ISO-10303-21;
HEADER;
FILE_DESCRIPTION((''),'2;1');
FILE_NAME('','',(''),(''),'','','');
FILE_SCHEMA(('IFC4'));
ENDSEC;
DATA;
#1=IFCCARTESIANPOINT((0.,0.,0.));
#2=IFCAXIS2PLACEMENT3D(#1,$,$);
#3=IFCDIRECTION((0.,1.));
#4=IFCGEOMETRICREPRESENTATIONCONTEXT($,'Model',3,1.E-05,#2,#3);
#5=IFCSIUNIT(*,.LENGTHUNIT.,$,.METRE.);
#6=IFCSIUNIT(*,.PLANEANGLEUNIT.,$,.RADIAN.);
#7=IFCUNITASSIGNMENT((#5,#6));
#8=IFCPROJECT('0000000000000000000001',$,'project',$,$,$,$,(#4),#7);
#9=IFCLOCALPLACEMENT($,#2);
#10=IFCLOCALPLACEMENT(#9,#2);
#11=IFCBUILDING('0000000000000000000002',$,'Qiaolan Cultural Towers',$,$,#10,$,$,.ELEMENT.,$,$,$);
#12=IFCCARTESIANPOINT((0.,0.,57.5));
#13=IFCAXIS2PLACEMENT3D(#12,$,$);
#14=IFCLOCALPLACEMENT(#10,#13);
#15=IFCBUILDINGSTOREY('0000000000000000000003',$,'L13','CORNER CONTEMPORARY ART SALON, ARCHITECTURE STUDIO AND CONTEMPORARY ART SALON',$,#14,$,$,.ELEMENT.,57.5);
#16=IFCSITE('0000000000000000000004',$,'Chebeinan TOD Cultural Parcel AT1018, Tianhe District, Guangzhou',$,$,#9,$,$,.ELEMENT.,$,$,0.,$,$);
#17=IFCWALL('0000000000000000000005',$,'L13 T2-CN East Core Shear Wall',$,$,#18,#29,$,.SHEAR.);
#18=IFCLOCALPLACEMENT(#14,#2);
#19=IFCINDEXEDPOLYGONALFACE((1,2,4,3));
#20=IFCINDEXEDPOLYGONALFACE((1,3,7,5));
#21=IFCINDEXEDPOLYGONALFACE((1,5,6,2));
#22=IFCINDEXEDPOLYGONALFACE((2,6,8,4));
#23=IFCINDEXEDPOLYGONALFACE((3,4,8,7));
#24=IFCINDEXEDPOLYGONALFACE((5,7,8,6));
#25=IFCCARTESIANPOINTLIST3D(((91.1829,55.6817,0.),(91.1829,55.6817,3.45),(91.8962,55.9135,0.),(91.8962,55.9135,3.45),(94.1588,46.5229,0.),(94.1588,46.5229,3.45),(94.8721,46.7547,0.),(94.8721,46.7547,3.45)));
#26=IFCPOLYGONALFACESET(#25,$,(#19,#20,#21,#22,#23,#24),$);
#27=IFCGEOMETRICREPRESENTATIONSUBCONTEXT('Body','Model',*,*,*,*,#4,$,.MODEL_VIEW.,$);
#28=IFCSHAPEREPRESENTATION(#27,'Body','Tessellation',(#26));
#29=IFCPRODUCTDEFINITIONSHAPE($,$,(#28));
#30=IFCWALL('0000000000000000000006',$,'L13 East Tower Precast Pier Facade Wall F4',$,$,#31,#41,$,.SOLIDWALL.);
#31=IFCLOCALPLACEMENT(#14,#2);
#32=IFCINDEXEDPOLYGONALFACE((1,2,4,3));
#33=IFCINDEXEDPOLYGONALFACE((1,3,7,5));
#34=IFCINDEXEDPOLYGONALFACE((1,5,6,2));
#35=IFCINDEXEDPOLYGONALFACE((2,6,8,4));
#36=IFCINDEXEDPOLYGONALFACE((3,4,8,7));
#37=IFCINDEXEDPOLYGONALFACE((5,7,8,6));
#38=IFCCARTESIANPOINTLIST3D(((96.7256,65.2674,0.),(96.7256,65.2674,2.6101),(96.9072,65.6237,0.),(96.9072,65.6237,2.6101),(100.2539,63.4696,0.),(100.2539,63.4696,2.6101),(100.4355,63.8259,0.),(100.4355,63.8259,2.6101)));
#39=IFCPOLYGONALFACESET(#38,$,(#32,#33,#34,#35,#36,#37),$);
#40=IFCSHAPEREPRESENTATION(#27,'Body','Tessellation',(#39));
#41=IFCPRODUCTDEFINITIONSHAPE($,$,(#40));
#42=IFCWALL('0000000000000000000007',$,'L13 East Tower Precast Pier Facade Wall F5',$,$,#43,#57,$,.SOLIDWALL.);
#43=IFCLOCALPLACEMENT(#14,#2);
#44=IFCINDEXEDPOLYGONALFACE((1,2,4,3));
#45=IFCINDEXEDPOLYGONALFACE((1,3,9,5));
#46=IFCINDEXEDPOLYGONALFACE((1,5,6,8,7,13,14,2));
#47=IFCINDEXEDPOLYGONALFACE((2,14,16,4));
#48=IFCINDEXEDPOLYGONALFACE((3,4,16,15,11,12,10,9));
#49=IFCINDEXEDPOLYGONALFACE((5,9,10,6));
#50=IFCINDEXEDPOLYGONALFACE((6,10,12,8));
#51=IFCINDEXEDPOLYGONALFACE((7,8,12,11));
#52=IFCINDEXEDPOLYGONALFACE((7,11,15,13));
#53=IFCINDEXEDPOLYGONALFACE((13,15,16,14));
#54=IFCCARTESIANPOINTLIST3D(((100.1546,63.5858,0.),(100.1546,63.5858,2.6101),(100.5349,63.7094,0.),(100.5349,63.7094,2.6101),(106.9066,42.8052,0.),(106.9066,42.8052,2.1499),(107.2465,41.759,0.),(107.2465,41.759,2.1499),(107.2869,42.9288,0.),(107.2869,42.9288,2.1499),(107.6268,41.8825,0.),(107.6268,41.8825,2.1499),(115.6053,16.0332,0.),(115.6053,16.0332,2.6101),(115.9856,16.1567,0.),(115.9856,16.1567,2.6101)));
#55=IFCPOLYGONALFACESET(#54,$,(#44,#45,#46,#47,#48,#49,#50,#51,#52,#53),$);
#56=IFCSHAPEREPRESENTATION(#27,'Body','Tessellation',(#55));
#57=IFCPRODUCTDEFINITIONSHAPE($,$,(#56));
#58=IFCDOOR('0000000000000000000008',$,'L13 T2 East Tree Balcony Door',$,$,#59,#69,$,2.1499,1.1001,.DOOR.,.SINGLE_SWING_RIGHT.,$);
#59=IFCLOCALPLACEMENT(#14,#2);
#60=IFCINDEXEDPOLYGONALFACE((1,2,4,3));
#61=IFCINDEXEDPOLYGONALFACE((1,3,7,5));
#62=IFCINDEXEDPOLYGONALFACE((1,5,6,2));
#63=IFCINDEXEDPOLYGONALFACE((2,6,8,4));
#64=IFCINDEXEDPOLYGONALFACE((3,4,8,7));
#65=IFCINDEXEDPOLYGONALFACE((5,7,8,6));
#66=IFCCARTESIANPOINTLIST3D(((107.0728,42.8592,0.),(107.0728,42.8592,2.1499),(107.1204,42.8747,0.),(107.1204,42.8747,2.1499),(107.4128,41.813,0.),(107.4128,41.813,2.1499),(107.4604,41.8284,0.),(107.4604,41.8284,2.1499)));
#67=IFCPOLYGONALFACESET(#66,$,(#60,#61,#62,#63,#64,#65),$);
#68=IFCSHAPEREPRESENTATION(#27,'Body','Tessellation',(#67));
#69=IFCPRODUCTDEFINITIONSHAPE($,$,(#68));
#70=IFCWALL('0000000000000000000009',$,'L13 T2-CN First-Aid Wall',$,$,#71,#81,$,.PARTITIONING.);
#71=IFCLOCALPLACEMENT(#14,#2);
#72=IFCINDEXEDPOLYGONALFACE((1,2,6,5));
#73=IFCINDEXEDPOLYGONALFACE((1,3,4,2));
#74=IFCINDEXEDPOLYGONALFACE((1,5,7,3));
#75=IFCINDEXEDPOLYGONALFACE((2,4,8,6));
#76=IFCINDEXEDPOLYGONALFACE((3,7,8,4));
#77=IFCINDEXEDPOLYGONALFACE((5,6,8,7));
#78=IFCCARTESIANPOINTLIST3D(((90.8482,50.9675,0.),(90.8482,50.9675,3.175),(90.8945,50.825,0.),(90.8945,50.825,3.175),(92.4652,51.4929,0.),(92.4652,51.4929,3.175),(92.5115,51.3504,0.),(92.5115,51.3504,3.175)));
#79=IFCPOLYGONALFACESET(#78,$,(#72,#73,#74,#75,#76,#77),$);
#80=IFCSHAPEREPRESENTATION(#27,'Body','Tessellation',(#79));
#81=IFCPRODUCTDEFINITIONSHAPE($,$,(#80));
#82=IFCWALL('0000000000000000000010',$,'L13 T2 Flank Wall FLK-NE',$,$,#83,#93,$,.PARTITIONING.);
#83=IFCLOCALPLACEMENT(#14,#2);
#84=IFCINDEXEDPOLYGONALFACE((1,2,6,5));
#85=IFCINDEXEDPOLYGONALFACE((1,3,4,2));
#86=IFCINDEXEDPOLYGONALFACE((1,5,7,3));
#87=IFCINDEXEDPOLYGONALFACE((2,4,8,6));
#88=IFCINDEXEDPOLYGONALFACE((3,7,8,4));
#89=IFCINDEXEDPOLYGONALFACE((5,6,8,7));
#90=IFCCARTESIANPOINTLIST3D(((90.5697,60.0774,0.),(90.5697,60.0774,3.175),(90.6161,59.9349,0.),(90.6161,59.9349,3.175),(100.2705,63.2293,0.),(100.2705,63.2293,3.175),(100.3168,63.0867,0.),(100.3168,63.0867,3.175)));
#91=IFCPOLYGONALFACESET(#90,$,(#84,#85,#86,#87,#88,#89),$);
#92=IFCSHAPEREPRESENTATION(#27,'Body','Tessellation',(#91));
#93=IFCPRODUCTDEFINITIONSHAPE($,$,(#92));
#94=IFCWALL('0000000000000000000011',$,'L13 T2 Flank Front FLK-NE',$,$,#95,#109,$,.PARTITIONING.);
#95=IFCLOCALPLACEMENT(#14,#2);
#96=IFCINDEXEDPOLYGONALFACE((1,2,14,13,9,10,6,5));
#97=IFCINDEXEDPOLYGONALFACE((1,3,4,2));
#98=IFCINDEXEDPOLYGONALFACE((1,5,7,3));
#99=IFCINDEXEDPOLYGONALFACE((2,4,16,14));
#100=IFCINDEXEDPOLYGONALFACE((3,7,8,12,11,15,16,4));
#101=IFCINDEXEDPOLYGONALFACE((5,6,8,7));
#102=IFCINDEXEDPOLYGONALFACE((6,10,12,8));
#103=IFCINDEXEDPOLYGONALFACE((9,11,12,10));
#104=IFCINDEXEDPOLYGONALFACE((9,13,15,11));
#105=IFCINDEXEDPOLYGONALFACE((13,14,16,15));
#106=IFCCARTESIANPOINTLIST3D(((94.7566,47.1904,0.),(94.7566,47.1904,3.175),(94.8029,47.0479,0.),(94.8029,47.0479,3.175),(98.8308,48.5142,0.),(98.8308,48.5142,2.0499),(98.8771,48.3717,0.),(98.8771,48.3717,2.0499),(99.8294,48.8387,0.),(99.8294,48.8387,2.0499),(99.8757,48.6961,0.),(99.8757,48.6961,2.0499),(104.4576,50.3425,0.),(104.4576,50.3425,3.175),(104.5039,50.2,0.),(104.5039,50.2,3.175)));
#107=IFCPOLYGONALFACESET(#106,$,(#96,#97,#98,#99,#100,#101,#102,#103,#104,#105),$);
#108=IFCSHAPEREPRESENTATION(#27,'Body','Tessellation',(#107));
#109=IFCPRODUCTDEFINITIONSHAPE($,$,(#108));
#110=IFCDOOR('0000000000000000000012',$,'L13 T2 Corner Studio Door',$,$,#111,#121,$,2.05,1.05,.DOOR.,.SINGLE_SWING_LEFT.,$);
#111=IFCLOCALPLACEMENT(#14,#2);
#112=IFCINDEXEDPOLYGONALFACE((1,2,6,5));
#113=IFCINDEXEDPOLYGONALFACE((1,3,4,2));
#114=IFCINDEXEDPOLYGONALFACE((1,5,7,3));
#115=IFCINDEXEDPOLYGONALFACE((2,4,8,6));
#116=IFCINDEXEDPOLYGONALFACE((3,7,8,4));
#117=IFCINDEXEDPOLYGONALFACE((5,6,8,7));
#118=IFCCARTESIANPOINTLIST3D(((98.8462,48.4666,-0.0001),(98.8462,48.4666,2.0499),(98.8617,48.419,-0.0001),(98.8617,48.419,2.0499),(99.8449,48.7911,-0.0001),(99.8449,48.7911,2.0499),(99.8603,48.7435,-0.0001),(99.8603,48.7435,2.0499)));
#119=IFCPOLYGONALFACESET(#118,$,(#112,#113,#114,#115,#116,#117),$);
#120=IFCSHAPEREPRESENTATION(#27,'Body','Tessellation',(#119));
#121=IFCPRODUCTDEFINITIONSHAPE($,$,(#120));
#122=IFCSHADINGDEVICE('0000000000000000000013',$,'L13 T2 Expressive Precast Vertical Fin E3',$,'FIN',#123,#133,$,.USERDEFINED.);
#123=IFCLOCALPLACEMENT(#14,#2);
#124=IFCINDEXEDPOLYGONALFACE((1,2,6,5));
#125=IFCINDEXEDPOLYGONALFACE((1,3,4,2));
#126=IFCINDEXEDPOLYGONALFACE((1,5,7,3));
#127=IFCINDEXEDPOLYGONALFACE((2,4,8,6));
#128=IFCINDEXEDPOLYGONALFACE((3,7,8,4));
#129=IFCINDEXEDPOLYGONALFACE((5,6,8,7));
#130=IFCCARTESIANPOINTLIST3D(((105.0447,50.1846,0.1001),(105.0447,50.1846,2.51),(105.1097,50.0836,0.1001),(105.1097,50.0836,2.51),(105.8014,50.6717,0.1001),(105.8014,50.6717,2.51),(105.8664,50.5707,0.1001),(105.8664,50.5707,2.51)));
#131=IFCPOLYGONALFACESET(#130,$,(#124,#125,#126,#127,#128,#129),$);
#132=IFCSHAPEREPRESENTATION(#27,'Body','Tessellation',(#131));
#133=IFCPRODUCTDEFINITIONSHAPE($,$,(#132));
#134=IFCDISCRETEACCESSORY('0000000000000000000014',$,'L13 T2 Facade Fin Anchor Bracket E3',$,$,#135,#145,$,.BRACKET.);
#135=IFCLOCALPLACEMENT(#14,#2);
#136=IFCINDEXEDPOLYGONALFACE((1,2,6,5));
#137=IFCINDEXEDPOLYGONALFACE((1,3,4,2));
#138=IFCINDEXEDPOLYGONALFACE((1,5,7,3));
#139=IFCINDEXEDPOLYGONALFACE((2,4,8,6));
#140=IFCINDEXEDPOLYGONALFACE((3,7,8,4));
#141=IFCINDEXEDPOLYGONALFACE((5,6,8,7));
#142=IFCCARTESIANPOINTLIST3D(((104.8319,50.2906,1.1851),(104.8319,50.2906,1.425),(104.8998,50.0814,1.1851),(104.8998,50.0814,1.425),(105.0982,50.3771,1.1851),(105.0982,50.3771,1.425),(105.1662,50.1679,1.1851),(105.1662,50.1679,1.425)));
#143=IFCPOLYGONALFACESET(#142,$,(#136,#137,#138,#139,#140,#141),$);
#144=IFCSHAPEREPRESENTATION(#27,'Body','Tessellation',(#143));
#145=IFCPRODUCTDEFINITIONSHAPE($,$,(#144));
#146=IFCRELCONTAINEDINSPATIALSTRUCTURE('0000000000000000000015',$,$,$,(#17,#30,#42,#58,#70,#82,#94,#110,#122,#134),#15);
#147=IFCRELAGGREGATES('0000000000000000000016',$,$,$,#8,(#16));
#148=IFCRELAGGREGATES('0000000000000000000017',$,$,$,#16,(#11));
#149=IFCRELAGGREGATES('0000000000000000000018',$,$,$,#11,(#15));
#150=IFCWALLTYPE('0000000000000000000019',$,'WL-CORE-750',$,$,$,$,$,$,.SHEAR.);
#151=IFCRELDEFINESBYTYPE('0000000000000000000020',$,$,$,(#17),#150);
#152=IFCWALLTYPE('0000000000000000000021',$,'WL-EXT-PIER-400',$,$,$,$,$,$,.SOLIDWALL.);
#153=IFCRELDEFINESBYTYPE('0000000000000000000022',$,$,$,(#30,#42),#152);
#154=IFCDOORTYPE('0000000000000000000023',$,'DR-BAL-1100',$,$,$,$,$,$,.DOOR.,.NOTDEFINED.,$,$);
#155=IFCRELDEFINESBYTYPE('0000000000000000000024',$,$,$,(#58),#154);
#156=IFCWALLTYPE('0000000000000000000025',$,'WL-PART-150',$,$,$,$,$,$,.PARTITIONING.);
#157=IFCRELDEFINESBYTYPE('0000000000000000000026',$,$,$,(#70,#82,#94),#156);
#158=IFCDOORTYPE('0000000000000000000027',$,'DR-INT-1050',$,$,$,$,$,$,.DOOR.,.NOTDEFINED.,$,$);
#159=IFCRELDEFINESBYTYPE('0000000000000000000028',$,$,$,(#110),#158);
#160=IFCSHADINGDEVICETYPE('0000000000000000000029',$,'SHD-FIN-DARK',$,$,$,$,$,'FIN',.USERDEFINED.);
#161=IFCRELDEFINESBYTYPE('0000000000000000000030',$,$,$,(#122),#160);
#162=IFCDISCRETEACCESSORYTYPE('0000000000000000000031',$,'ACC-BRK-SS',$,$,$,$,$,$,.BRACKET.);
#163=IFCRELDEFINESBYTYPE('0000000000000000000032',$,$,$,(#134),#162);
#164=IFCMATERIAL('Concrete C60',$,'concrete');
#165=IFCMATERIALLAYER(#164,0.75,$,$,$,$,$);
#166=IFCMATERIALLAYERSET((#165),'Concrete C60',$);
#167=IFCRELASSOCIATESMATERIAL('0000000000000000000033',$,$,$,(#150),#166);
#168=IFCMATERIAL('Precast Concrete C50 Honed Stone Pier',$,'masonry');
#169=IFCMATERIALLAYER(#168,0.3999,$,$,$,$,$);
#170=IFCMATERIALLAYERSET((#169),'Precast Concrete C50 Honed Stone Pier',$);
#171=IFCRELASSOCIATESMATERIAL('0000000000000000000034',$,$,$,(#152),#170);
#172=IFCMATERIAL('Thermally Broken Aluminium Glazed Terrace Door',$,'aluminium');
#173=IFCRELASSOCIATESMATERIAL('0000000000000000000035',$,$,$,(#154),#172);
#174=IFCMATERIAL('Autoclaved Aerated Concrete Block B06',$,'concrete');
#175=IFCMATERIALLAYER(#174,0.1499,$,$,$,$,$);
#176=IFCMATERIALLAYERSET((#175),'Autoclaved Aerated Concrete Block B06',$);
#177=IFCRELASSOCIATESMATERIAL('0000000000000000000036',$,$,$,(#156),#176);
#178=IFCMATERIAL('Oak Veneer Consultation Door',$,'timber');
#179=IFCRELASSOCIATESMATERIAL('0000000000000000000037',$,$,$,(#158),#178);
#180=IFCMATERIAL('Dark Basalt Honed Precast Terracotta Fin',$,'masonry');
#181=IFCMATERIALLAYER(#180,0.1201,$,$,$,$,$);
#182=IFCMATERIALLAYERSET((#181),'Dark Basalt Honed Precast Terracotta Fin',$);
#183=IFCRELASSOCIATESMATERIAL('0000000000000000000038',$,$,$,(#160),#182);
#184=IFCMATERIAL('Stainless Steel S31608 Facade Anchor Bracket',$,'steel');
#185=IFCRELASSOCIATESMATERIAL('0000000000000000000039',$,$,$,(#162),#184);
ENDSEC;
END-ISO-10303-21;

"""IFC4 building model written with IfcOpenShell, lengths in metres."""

from ifc_helpers import new_model, si_unit, direction, frame, frame_2d, origin, origin_2d, place, context, subcontext, project, spatial, rectangle, extrude, material, layer, layer_set, type_object, element, fill, save


model = new_model("IFC4")

# Units and contexts
model_context = context("Model", 3, precision=1e-05, world=origin(), true_north=direction((0.0, 1.0)))
body_context = subcontext(model_context, "Body", "Model", "MODEL_VIEW")
ifc_project = project(units=[si_unit("LENGTHUNIT", "METRE"), si_unit("PLANEANGLEUNIT", "RADIAN")], contexts=[model_context])

# Site, building, storey
site_placement = place(None, origin())
site = spatial("IfcSite", under=ifc_project, at=site_placement, Name="Chebeinan TOD Cultural Parcel AT1018, Tianhe District, Guangzhou", CompositionType="ELEMENT", RefElevation=0.0)
building_placement = place(site_placement, origin())
building = spatial("IfcBuilding", under=site, at=building_placement, Name="Qiaolan Cultural Towers", CompositionType="ELEMENT")
storey_placement = place(building_placement, frame((0.0, 0.0, 57.5)))
storey = spatial("IfcBuildingStorey", under=building, at=storey_placement, Name="L13", Description="CORNER CONTEMPORARY ART SALON, ARCHITECTURE STUDIO AND CONTEMPORARY ART SALON", CompositionType="ELEMENT", Elevation=57.5)

# Walls
ifc_material_1 = material(Name="Concrete C60", Category="concrete")
ifc_layer_1 = layer(ifc_material_1, 0.75)
ifc_layer_set_1 = layer_set([ifc_layer_1], Name="Concrete C60")
wall_type_1 = type_object("IfcWallType", Name="WL-CORE-750", PredefinedType="SHEAR", material=ifc_layer_set_1)
wall_1_placement = place(storey_placement, frame((94.5154, 46.6389, 0.0), z_axis=(0.0, 0.0, 1.0), x_axis=(-0.309016, 0.951057, 0.0)))
element("IfcWall", 1, at=wall_1_placement, inside=storey, type_object=wall_type_1, Name="L13 T2-CN East Core Shear Wall", PredefinedType="SHEAR", context=body_context, shape_type="SweptSolid", body=[
    extrude(rectangle(XDim=9.6301, YDim=0.75, at=frame_2d((4.8149, 0.0))), origin(), (0.0, 0.0, 1.0), 3.45),
])
ifc_material_2 = material(Name="Precast Concrete C50 Honed Stone Pier", Category="masonry")
ifc_layer_2 = layer(ifc_material_2, 0.3999)
ifc_layer_set_2 = layer_set([ifc_layer_2], Name="Precast Concrete C50 Honed Stone Pier")
wall_type_2 = type_object("IfcWallType", Name="WL-EXT-PIER-400", PredefinedType="SOLIDWALL", material=ifc_layer_set_2)
wall_2_placement = place(storey_placement, frame((96.8164, 65.4456, 0.0), z_axis=(0.0, 0.0, 1.0), x_axis=(0.890998, -0.454007, 0.0)))
element("IfcWall", 2, at=wall_2_placement, inside=storey, type_object=wall_type_2, Name="L13 East Tower Precast Pier Facade Wall F4", PredefinedType="SOLIDWALL", context=body_context, shape_type="SweptSolid", body=[
    extrude(rectangle(XDim=3.96, YDim=0.3999, at=frame_2d((1.98, 0.0))), origin(), (0.0, 0.0, 1.0), 2.6101),
])

# Wall, opening, door
wall_3_placement = place(storey_placement, frame((100.3447, 63.6477, 0.0), z_axis=(0.0, 0.0, 1.0), x_axis=(0.309015, -0.951057, 0.0)))
wall_3 = element("IfcWall", 3, at=wall_3_placement, inside=storey, type_object=wall_type_2, Name="L13 East Tower Precast Pier Facade Wall F5", PredefinedType="SOLIDWALL", context=body_context, shape_type="SweptSolid", body=[
    extrude(rectangle(XDim=49.9998, YDim=0.3999, at=frame_2d((25.0, 0.0))), origin(), (0.0, 0.0, 1.0), 2.6101),
])
opening_1_placement = place(wall_3_placement, frame((21.8501, 0.0, 0.0)))
opening_1 = element("IfcOpeningElement", 4, at=opening_1_placement, cuts=wall_3, PredefinedType="OPENING", context=body_context, shape_type="SweptSolid", body=[
    extrude(rectangle(XDim=1.1001, YDim=2.1499, at=frame_2d((0.55, 1.075))), frame((0.0, 0.21, 0.0), z_axis=(0.0, -1.0, 0.0), x_axis=(1.0, 0.0, 0.0)), (0.0, 0.0, 1.0), 0.4199),
])
ifc_material_3 = material(Name="Thermally Broken Aluminium Glazed Terrace Door", Category="aluminium")
door_type_1 = type_object("IfcDoorType", Name="DR-BAL-1100", OperationType="NOTDEFINED", PredefinedType="DOOR", material=ifc_material_3)
door_1_placement = place(opening_1_placement, origin())
door_1 = element("IfcDoor", 5, at=door_1_placement, inside=storey, type_object=door_type_1, Name="L13 T2 East Tree Balcony Door", OperationType="SINGLE_SWING_RIGHT", OverallHeight=2.1499, OverallWidth=1.1001, PredefinedType="DOOR", context=body_context, shape_type="SweptSolid", body=[
    extrude(rectangle(XDim=1.1001, YDim=2.1499, at=frame_2d((0.55, 1.075))), frame((0.0, 0.0249, 0.0), z_axis=(0.0, -1.0, 0.0), x_axis=(1.0, 0.0, 0.0)), (0.0, 0.0, 1.0), 0.05),
])
fill(opening_1, door_1)

# Walls
ifc_material_4 = material(Name="Autoclaved Aerated Concrete Block B06", Category="concrete")
ifc_layer_3 = layer(ifc_material_4, 0.1499)
ifc_layer_set_3 = layer_set([ifc_layer_3], Name="Autoclaved Aerated Concrete Block B06")
wall_type_3 = type_object("IfcWallType", Name="WL-PART-150", PredefinedType="PARTITIONING", material=ifc_layer_set_3)
wall_4_placement = place(storey_placement, frame((90.8713, 50.8962, 0.0), z_axis=(0.0, 0.0, 1.0), x_axis=(0.951054, 0.309024, 0.0)))
element("IfcWall", 6, at=wall_4_placement, inside=storey, type_object=wall_type_3, Name="L13 T2-CN First-Aid Wall", PredefinedType="PARTITIONING", context=body_context, shape_type="SweptSolid", body=[
    extrude(rectangle(XDim=1.7002, YDim=0.1499, at=frame_2d((0.8501, 0.0))), origin(), (0.0, 0.0, 1.0), 3.175),
])
wall_5_placement = place(storey_placement, frame((90.5928, 60.0061, 0.0), z_axis=(0.0, 0.0, 1.0), x_axis=(0.951059, 0.309009, 0.0)))
element("IfcWall", 7, at=wall_5_placement, inside=storey, type_object=wall_type_3, Name="L13 T2 Flank Wall FLK-NE", PredefinedType="PARTITIONING", context=body_context, shape_type="SweptSolid", body=[
    extrude(rectangle(XDim=10.2, YDim=0.1499, at=frame_2d((5.1001, 0.0))), origin(), (0.0, 0.0, 1.0), 3.175),
])

# Wall, opening, door
wall_6_placement = place(storey_placement, frame((94.7798, 47.1191, 0.0), z_axis=(0.0, 0.0, 1.0), x_axis=(0.951054, 0.309024, 0.0)))
wall_6 = element("IfcWall", 8, at=wall_6_placement, inside=storey, type_object=wall_type_3, Name="L13 T2 Flank Front FLK-NE", PredefinedType="PARTITIONING", context=body_context, shape_type="SweptSolid", body=[
    extrude(rectangle(XDim=10.2002, YDim=0.1499, at=frame_2d((5.1001, 0.0))), origin(), (0.0, 0.0, 1.0), 3.175),
])
opening_2_placement = place(wall_6_placement, frame((4.2839, 0.0, 0.0)))
opening_2 = element("IfcOpeningElement", 9, at=opening_2_placement, cuts=wall_6, PredefinedType="OPENING", context=body_context, shape_type="SweptSolid", body=[
    extrude(rectangle(XDim=1.05, YDim=2.05, at=frame_2d((0.5249, 1.0249))), frame((0.0, 0.085, 0.0), z_axis=(0.0, -1.0, 0.0), x_axis=(1.0, 0.0, 0.0)), (0.0, 0.0, 1.0), 0.1699),
])
ifc_material_5 = material(Name="Oak Veneer Consultation Door", Category="timber")
door_type_2 = type_object("IfcDoorType", Name="DR-INT-1050", OperationType="NOTDEFINED", PredefinedType="DOOR", material=ifc_material_5)
door_2_placement = place(opening_2_placement, origin())
door_2 = element("IfcDoor", 10, at=door_2_placement, inside=storey, type_object=door_type_2, Name="L13 T2 Corner Studio Door", OperationType="SINGLE_SWING_LEFT", OverallHeight=2.05, OverallWidth=1.05, PredefinedType="DOOR", context=body_context, shape_type="SweptSolid", body=[
    extrude(rectangle(XDim=1.05, YDim=2.05, at=frame_2d((0.5249, 1.0249))), frame((0.0, 0.0249, 0.0), z_axis=(0.0, -1.0, 0.0), x_axis=(1.0, 0.0, 0.0)), (0.0, 0.0, 1.0), 0.05),
])
fill(opening_2, door_2)

# Shading device
ifc_material_6 = material(Name="Dark Basalt Honed Precast Terracotta Fin", Category="masonry")
ifc_layer_4 = layer(ifc_material_6, 0.1201)
ifc_layer_set_4 = layer_set([ifc_layer_4], Name="Dark Basalt Honed Precast Terracotta Fin")
shading_device_type = type_object("IfcShadingDeviceType", Name="SHD-FIN-DARK", ElementType="FIN", PredefinedType="USERDEFINED", material=ifc_layer_set_4)
shading_device_placement = place(storey_placement, frame((105.4556, 50.3777, 0.1001), z_axis=(0.0, 0.0, 1.0), x_axis=(0.84083, 0.541299, 0.0)))
element("IfcShadingDevice", 11, at=shading_device_placement, inside=storey, type_object=shading_device_type, Name="L13 T2 Expressive Precast Vertical Fin E3", ObjectType="FIN", PredefinedType="USERDEFINED", context=body_context, shape_type="SweptSolid", body=[
    extrude(rectangle(XDim=0.8999, YDim=0.1201, at=origin_2d()), origin(), (0.0, 0.0, 1.0), 2.4099),
])

# Discrete accessory
ifc_material_7 = material(Name="Stainless Steel S31608 Facade Anchor Bracket", Category="steel")
discrete_accessory_type = type_object("IfcDiscreteAccessoryType", Name="ACC-BRK-SS", PredefinedType="BRACKET", material=ifc_material_7)
discrete_accessory_placement = place(storey_placement, frame((104.999, 50.2292, 1.1851), z_axis=(0.0, 0.0, 1.0), x_axis=(0.951057, 0.309017, 0.0)))
element("IfcDiscreteAccessory", 12, at=discrete_accessory_placement, inside=storey, type_object=discrete_accessory_type, Name="L13 T2 Facade Fin Anchor Bracket E3", PredefinedType="BRACKET", context=body_context, shape_type="SweptSolid", body=[
    extrude(rectangle(XDim=0.28, YDim=0.22, at=origin_2d()), origin(), (0.0, 0.0, 1.0), 0.24),
])

save(model, "model.ifc")
